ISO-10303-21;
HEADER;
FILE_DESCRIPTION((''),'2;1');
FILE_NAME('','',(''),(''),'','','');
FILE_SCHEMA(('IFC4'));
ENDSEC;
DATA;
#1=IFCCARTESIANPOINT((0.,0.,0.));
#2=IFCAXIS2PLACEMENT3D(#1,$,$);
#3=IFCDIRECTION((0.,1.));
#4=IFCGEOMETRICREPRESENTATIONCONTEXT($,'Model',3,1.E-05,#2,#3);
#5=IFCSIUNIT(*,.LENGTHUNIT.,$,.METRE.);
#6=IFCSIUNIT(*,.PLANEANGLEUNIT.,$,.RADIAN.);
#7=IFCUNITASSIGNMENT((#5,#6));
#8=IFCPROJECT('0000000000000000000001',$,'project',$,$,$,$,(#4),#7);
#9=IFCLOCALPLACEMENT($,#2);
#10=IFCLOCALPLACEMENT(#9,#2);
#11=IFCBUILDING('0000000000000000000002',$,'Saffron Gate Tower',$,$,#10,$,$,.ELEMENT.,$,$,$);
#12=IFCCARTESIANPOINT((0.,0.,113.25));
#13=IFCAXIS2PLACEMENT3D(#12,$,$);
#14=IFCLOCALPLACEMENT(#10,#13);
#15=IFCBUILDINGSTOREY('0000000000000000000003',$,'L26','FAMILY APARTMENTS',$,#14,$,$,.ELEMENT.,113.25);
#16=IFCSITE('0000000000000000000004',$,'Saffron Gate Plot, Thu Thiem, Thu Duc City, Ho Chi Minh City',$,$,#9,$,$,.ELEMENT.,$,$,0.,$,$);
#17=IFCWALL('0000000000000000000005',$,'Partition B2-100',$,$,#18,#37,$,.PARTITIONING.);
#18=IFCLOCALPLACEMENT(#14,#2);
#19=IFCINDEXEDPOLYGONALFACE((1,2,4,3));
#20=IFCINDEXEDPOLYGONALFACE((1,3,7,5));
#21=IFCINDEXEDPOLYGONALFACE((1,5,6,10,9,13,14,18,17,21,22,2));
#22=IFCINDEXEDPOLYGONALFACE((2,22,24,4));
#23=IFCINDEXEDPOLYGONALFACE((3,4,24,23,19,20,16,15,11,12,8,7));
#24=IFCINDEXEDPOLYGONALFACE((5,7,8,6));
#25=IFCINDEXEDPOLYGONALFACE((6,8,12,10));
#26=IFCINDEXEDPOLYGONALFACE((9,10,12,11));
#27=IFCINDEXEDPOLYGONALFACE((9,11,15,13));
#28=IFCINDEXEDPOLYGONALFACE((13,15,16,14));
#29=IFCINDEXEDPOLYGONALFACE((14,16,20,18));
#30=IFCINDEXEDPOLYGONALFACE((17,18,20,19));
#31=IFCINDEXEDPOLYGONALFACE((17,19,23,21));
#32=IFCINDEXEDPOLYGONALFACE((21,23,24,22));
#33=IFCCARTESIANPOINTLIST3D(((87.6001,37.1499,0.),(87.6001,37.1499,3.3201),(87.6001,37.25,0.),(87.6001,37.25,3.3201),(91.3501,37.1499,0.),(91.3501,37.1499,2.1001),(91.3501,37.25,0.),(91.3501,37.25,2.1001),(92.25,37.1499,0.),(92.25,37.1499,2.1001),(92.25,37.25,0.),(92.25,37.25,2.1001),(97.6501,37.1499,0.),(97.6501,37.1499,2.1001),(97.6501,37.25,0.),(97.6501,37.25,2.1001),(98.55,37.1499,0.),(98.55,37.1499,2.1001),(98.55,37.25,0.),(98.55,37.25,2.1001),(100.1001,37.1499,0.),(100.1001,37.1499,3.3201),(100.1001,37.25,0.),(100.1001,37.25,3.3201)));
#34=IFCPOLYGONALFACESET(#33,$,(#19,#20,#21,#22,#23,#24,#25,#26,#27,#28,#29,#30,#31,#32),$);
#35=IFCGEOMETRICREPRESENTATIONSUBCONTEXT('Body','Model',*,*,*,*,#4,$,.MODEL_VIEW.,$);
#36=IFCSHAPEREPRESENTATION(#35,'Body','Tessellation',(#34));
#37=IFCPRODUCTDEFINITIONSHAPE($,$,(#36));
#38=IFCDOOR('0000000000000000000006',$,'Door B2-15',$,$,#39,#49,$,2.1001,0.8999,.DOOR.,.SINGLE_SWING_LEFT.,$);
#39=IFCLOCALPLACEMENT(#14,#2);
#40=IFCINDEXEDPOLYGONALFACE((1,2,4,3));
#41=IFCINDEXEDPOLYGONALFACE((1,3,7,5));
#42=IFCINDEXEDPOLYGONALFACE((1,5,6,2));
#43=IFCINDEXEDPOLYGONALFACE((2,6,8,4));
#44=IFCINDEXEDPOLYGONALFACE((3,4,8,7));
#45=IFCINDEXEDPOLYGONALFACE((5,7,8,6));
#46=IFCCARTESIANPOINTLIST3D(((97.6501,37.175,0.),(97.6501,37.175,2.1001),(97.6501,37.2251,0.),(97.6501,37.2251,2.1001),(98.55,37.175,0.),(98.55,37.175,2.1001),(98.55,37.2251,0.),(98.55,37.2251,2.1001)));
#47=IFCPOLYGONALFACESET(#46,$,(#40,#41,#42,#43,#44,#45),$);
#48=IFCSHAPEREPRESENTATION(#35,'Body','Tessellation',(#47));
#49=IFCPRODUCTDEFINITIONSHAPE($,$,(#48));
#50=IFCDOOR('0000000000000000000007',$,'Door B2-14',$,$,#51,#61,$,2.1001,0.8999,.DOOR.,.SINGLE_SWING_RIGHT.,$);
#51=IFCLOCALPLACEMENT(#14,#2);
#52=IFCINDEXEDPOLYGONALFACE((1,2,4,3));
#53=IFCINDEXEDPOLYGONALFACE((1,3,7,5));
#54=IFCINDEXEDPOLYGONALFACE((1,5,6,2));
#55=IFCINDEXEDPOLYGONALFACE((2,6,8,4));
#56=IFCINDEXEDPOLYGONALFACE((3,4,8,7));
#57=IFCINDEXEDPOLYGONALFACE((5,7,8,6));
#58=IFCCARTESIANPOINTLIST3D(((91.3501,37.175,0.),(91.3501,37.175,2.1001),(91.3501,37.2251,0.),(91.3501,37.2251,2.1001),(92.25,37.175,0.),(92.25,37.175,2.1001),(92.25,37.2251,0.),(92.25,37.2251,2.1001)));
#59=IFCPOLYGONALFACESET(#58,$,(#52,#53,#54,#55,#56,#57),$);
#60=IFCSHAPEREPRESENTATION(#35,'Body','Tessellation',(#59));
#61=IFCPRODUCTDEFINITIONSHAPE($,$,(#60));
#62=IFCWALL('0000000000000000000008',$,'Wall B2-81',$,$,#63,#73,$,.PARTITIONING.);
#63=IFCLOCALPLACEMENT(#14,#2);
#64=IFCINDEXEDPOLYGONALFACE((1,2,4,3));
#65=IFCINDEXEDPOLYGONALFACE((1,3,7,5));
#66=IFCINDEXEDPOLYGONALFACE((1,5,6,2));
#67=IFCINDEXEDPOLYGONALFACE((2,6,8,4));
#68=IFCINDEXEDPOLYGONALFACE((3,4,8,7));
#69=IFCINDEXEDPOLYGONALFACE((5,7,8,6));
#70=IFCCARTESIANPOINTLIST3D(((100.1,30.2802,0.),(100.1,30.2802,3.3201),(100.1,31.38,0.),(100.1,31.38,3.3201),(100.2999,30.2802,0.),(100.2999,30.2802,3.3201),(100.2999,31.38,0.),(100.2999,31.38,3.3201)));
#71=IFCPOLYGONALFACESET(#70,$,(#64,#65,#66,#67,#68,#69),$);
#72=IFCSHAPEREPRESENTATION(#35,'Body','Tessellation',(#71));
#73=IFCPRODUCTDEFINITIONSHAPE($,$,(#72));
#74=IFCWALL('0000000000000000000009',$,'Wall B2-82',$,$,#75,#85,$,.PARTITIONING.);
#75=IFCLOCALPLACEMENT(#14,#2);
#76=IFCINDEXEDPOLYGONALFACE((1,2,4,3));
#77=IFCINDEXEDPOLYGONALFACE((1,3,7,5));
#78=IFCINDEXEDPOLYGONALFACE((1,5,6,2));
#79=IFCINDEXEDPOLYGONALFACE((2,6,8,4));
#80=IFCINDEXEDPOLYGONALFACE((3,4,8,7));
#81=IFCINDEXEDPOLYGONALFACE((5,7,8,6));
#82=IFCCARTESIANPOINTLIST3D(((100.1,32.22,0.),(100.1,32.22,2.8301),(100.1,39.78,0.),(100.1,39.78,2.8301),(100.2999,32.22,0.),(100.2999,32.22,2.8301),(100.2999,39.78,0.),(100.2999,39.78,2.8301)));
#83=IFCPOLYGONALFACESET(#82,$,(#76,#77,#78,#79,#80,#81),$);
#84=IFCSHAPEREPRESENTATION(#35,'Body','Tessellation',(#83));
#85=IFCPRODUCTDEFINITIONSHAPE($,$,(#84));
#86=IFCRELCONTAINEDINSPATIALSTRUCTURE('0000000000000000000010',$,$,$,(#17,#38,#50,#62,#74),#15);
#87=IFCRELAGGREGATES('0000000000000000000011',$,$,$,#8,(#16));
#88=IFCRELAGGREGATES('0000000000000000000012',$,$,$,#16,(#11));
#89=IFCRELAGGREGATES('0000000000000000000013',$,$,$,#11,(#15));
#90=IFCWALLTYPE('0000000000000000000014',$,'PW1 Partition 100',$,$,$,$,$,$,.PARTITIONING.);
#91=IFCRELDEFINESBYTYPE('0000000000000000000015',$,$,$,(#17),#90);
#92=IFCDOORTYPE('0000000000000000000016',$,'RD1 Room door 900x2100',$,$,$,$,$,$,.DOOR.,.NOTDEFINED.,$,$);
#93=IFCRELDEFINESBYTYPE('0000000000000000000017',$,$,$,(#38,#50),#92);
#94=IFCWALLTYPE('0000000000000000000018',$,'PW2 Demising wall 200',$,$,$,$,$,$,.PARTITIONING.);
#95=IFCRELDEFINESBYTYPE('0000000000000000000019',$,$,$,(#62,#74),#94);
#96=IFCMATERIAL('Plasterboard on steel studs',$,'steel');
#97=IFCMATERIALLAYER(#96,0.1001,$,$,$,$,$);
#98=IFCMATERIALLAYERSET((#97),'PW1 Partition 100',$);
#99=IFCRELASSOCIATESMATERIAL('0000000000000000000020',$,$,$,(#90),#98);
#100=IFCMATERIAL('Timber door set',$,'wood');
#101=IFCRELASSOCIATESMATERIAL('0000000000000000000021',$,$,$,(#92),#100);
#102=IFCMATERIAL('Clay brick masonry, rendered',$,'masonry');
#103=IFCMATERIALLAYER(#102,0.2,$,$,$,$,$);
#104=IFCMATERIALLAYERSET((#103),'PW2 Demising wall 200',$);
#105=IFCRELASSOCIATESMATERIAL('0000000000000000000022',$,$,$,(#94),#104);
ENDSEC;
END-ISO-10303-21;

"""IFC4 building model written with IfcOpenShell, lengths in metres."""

from ifc_helpers import new_model, si_unit, direction, frame, frame_2d, origin, place, context, subcontext, project, spatial, rectangle, extrude, material, layer, layer_set, type_object, element, fill, save


model = new_model("IFC4")

# Units and contexts
model_context = context("Model", 3, precision=1e-05, world=origin(), true_north=direction((0.0, 1.0)))
body_context = subcontext(model_context, "Body", "Model", "MODEL_VIEW")
ifc_project = project(units=[si_unit("LENGTHUNIT", "METRE"), si_unit("PLANEANGLEUNIT", "RADIAN")], contexts=[model_context])

# Site, building, storey
site_placement = place(None, origin())
site = spatial("IfcSite", under=ifc_project, at=site_placement, Name="Saffron Gate Plot, Thu Thiem, Thu Duc City, Ho Chi Minh City", CompositionType="ELEMENT", RefElevation=0.0)
building_placement = place(site_placement, origin())
building = spatial("IfcBuilding", under=site, at=building_placement, Name="Saffron Gate Tower", CompositionType="ELEMENT")
storey_placement = place(building_placement, frame((0.0, 0.0, 113.25)))
storey = spatial("IfcBuildingStorey", under=building, at=storey_placement, Name="L26", Description="FAMILY APARTMENTS", CompositionType="ELEMENT", Elevation=113.25)

# Shared definitions
ifc_material_1 = material(Name="Plasterboard on steel studs", Category="steel")
ifc_layer_1 = layer(ifc_material_1, 0.1001)
ifc_layer_set_1 = layer_set([ifc_layer_1], Name="PW1 Partition 100")
wall_type_1 = type_object("IfcWallType", Name="PW1 Partition 100", PredefinedType="PARTITIONING", material=ifc_layer_set_1)
ifc_material_2 = material(Name="Timber door set", Category="wood")
door_type = type_object("IfcDoorType", Name="RD1 Room door 900x2100", OperationType="NOTDEFINED", PredefinedType="DOOR", material=ifc_material_2)

# Wall, openings, doors
wall_1_placement = place(storey_placement, frame((100.1001, 37.2, 0.0), z_axis=(0.0, 0.0, 1.0), x_axis=(-1.0, 0.0, 0.0)))
wall_1 = element("IfcWall", 1, at=wall_1_placement, inside=storey, type_object=wall_type_1, Name="Partition B2-100", PredefinedType="PARTITIONING", context=body_context, shape_type="SweptSolid", body=[
    extrude(rectangle(XDim=12.5, YDim=0.1001, at=frame_2d((6.25, 0.0))), origin(), (0.0, 0.0, 1.0), 3.3201),
])
opening_1_placement = place(wall_1_placement, frame((1.55, 0.0, 0.0)))
opening_1 = element("IfcOpeningElement", 2, at=opening_1_placement, cuts=wall_1, PredefinedType="OPENING", context=body_context, shape_type="SweptSolid", body=[
    extrude(rectangle(XDim=0.8999, YDim=2.1001, at=frame_2d((0.45, 1.05))), frame((0.0, 0.0601, 0.0), z_axis=(0.0, -1.0, 0.0), x_axis=(1.0, 0.0, 0.0)), (0.0, 0.0, 1.0), 0.1201),
])
opening_2_placement = place(wall_1_placement, frame((7.8501, 0.0, 0.0)))
opening_2 = element("IfcOpeningElement", 3, at=opening_2_placement, cuts=wall_1, PredefinedType="OPENING", context=body_context, shape_type="SweptSolid", body=[
    extrude(rectangle(XDim=0.8999, YDim=2.1001, at=frame_2d((0.45, 1.05))), frame((0.0, 0.0601, 0.0), z_axis=(0.0, -1.0, 0.0), x_axis=(1.0, 0.0, 0.0)), (0.0, 0.0, 1.0), 0.1201),
])
door_1_placement = place(opening_1_placement, origin())
door_1 = element("IfcDoor", 4, at=door_1_placement, inside=storey, type_object=door_type, Name="Door B2-15", OperationType="SINGLE_SWING_LEFT", OverallHeight=2.1001, OverallWidth=0.8999, PredefinedType="DOOR", context=body_context, shape_type="SweptSolid", body=[
    extrude(rectangle(XDim=0.8999, YDim=2.1001, at=frame_2d((0.45, 1.05))), frame((0.0, 0.0249, 0.0), z_axis=(0.0, -1.0, 0.0), x_axis=(1.0, 0.0, 0.0)), (0.0, 0.0, 1.0), 0.05),
])
fill(opening_1, door_1)
door_2_placement = place(opening_2_placement, origin())
door_2 = element("IfcDoor", 5, at=door_2_placement, inside=storey, type_object=door_type, Name="Door B2-14", OperationType="SINGLE_SWING_RIGHT", OverallHeight=2.1001, OverallWidth=0.8999, PredefinedType="DOOR", context=body_context, shape_type="SweptSolid", body=[
    extrude(rectangle(XDim=0.8999, YDim=2.1001, at=frame_2d((0.45, 1.05))), frame((0.0, 0.0249, 0.0), z_axis=(0.0, -1.0, 0.0), x_axis=(1.0, 0.0, 0.0)), (0.0, 0.0, 1.0), 0.05),
])
fill(opening_2, door_2)

# Walls
ifc_material_3 = material(Name="Clay brick masonry, rendered", Category="masonry")
ifc_layer_2 = layer(ifc_material_3, 0.2)
ifc_layer_set_2 = layer_set([ifc_layer_2], Name="PW2 Demising wall 200")
wall_type_2 = type_object("IfcWallType", Name="PW2 Demising wall 200", PredefinedType="PARTITIONING", material=ifc_layer_set_2)
wall_2_placement = place(storey_placement, frame((100.2, 31.3799, 0.0), z_axis=(0.0, 0.0, 1.0), x_axis=(0.0, -1.0, 0.0)))
element("IfcWall", 6, at=wall_2_placement, inside=storey, type_object=wall_type_2, Name="Wall B2-81", PredefinedType="PARTITIONING", context=body_context, shape_type="SweptSolid", body=[
    extrude(rectangle(XDim=1.0999, YDim=0.2, at=frame_2d((0.5498, 0.0))), origin(), (0.0, 0.0, 1.0), 3.3201),
])
wall_3_placement = place(storey_placement, frame((100.2, 39.78, 0.0), z_axis=(0.0, 0.0, 1.0), x_axis=(0.0, -1.0, 0.0)))
element("IfcWall", 7, at=wall_3_placement, inside=storey, type_object=wall_type_2, Name="Wall B2-82", PredefinedType="PARTITIONING", context=body_context, shape_type="SweptSolid", body=[
    extrude(rectangle(XDim=7.5601, YDim=0.2, at=frame_2d((3.78, 0.0))), origin(), (0.0, 0.0, 1.0), 2.8301),
])

save(model, "model.ifc")
